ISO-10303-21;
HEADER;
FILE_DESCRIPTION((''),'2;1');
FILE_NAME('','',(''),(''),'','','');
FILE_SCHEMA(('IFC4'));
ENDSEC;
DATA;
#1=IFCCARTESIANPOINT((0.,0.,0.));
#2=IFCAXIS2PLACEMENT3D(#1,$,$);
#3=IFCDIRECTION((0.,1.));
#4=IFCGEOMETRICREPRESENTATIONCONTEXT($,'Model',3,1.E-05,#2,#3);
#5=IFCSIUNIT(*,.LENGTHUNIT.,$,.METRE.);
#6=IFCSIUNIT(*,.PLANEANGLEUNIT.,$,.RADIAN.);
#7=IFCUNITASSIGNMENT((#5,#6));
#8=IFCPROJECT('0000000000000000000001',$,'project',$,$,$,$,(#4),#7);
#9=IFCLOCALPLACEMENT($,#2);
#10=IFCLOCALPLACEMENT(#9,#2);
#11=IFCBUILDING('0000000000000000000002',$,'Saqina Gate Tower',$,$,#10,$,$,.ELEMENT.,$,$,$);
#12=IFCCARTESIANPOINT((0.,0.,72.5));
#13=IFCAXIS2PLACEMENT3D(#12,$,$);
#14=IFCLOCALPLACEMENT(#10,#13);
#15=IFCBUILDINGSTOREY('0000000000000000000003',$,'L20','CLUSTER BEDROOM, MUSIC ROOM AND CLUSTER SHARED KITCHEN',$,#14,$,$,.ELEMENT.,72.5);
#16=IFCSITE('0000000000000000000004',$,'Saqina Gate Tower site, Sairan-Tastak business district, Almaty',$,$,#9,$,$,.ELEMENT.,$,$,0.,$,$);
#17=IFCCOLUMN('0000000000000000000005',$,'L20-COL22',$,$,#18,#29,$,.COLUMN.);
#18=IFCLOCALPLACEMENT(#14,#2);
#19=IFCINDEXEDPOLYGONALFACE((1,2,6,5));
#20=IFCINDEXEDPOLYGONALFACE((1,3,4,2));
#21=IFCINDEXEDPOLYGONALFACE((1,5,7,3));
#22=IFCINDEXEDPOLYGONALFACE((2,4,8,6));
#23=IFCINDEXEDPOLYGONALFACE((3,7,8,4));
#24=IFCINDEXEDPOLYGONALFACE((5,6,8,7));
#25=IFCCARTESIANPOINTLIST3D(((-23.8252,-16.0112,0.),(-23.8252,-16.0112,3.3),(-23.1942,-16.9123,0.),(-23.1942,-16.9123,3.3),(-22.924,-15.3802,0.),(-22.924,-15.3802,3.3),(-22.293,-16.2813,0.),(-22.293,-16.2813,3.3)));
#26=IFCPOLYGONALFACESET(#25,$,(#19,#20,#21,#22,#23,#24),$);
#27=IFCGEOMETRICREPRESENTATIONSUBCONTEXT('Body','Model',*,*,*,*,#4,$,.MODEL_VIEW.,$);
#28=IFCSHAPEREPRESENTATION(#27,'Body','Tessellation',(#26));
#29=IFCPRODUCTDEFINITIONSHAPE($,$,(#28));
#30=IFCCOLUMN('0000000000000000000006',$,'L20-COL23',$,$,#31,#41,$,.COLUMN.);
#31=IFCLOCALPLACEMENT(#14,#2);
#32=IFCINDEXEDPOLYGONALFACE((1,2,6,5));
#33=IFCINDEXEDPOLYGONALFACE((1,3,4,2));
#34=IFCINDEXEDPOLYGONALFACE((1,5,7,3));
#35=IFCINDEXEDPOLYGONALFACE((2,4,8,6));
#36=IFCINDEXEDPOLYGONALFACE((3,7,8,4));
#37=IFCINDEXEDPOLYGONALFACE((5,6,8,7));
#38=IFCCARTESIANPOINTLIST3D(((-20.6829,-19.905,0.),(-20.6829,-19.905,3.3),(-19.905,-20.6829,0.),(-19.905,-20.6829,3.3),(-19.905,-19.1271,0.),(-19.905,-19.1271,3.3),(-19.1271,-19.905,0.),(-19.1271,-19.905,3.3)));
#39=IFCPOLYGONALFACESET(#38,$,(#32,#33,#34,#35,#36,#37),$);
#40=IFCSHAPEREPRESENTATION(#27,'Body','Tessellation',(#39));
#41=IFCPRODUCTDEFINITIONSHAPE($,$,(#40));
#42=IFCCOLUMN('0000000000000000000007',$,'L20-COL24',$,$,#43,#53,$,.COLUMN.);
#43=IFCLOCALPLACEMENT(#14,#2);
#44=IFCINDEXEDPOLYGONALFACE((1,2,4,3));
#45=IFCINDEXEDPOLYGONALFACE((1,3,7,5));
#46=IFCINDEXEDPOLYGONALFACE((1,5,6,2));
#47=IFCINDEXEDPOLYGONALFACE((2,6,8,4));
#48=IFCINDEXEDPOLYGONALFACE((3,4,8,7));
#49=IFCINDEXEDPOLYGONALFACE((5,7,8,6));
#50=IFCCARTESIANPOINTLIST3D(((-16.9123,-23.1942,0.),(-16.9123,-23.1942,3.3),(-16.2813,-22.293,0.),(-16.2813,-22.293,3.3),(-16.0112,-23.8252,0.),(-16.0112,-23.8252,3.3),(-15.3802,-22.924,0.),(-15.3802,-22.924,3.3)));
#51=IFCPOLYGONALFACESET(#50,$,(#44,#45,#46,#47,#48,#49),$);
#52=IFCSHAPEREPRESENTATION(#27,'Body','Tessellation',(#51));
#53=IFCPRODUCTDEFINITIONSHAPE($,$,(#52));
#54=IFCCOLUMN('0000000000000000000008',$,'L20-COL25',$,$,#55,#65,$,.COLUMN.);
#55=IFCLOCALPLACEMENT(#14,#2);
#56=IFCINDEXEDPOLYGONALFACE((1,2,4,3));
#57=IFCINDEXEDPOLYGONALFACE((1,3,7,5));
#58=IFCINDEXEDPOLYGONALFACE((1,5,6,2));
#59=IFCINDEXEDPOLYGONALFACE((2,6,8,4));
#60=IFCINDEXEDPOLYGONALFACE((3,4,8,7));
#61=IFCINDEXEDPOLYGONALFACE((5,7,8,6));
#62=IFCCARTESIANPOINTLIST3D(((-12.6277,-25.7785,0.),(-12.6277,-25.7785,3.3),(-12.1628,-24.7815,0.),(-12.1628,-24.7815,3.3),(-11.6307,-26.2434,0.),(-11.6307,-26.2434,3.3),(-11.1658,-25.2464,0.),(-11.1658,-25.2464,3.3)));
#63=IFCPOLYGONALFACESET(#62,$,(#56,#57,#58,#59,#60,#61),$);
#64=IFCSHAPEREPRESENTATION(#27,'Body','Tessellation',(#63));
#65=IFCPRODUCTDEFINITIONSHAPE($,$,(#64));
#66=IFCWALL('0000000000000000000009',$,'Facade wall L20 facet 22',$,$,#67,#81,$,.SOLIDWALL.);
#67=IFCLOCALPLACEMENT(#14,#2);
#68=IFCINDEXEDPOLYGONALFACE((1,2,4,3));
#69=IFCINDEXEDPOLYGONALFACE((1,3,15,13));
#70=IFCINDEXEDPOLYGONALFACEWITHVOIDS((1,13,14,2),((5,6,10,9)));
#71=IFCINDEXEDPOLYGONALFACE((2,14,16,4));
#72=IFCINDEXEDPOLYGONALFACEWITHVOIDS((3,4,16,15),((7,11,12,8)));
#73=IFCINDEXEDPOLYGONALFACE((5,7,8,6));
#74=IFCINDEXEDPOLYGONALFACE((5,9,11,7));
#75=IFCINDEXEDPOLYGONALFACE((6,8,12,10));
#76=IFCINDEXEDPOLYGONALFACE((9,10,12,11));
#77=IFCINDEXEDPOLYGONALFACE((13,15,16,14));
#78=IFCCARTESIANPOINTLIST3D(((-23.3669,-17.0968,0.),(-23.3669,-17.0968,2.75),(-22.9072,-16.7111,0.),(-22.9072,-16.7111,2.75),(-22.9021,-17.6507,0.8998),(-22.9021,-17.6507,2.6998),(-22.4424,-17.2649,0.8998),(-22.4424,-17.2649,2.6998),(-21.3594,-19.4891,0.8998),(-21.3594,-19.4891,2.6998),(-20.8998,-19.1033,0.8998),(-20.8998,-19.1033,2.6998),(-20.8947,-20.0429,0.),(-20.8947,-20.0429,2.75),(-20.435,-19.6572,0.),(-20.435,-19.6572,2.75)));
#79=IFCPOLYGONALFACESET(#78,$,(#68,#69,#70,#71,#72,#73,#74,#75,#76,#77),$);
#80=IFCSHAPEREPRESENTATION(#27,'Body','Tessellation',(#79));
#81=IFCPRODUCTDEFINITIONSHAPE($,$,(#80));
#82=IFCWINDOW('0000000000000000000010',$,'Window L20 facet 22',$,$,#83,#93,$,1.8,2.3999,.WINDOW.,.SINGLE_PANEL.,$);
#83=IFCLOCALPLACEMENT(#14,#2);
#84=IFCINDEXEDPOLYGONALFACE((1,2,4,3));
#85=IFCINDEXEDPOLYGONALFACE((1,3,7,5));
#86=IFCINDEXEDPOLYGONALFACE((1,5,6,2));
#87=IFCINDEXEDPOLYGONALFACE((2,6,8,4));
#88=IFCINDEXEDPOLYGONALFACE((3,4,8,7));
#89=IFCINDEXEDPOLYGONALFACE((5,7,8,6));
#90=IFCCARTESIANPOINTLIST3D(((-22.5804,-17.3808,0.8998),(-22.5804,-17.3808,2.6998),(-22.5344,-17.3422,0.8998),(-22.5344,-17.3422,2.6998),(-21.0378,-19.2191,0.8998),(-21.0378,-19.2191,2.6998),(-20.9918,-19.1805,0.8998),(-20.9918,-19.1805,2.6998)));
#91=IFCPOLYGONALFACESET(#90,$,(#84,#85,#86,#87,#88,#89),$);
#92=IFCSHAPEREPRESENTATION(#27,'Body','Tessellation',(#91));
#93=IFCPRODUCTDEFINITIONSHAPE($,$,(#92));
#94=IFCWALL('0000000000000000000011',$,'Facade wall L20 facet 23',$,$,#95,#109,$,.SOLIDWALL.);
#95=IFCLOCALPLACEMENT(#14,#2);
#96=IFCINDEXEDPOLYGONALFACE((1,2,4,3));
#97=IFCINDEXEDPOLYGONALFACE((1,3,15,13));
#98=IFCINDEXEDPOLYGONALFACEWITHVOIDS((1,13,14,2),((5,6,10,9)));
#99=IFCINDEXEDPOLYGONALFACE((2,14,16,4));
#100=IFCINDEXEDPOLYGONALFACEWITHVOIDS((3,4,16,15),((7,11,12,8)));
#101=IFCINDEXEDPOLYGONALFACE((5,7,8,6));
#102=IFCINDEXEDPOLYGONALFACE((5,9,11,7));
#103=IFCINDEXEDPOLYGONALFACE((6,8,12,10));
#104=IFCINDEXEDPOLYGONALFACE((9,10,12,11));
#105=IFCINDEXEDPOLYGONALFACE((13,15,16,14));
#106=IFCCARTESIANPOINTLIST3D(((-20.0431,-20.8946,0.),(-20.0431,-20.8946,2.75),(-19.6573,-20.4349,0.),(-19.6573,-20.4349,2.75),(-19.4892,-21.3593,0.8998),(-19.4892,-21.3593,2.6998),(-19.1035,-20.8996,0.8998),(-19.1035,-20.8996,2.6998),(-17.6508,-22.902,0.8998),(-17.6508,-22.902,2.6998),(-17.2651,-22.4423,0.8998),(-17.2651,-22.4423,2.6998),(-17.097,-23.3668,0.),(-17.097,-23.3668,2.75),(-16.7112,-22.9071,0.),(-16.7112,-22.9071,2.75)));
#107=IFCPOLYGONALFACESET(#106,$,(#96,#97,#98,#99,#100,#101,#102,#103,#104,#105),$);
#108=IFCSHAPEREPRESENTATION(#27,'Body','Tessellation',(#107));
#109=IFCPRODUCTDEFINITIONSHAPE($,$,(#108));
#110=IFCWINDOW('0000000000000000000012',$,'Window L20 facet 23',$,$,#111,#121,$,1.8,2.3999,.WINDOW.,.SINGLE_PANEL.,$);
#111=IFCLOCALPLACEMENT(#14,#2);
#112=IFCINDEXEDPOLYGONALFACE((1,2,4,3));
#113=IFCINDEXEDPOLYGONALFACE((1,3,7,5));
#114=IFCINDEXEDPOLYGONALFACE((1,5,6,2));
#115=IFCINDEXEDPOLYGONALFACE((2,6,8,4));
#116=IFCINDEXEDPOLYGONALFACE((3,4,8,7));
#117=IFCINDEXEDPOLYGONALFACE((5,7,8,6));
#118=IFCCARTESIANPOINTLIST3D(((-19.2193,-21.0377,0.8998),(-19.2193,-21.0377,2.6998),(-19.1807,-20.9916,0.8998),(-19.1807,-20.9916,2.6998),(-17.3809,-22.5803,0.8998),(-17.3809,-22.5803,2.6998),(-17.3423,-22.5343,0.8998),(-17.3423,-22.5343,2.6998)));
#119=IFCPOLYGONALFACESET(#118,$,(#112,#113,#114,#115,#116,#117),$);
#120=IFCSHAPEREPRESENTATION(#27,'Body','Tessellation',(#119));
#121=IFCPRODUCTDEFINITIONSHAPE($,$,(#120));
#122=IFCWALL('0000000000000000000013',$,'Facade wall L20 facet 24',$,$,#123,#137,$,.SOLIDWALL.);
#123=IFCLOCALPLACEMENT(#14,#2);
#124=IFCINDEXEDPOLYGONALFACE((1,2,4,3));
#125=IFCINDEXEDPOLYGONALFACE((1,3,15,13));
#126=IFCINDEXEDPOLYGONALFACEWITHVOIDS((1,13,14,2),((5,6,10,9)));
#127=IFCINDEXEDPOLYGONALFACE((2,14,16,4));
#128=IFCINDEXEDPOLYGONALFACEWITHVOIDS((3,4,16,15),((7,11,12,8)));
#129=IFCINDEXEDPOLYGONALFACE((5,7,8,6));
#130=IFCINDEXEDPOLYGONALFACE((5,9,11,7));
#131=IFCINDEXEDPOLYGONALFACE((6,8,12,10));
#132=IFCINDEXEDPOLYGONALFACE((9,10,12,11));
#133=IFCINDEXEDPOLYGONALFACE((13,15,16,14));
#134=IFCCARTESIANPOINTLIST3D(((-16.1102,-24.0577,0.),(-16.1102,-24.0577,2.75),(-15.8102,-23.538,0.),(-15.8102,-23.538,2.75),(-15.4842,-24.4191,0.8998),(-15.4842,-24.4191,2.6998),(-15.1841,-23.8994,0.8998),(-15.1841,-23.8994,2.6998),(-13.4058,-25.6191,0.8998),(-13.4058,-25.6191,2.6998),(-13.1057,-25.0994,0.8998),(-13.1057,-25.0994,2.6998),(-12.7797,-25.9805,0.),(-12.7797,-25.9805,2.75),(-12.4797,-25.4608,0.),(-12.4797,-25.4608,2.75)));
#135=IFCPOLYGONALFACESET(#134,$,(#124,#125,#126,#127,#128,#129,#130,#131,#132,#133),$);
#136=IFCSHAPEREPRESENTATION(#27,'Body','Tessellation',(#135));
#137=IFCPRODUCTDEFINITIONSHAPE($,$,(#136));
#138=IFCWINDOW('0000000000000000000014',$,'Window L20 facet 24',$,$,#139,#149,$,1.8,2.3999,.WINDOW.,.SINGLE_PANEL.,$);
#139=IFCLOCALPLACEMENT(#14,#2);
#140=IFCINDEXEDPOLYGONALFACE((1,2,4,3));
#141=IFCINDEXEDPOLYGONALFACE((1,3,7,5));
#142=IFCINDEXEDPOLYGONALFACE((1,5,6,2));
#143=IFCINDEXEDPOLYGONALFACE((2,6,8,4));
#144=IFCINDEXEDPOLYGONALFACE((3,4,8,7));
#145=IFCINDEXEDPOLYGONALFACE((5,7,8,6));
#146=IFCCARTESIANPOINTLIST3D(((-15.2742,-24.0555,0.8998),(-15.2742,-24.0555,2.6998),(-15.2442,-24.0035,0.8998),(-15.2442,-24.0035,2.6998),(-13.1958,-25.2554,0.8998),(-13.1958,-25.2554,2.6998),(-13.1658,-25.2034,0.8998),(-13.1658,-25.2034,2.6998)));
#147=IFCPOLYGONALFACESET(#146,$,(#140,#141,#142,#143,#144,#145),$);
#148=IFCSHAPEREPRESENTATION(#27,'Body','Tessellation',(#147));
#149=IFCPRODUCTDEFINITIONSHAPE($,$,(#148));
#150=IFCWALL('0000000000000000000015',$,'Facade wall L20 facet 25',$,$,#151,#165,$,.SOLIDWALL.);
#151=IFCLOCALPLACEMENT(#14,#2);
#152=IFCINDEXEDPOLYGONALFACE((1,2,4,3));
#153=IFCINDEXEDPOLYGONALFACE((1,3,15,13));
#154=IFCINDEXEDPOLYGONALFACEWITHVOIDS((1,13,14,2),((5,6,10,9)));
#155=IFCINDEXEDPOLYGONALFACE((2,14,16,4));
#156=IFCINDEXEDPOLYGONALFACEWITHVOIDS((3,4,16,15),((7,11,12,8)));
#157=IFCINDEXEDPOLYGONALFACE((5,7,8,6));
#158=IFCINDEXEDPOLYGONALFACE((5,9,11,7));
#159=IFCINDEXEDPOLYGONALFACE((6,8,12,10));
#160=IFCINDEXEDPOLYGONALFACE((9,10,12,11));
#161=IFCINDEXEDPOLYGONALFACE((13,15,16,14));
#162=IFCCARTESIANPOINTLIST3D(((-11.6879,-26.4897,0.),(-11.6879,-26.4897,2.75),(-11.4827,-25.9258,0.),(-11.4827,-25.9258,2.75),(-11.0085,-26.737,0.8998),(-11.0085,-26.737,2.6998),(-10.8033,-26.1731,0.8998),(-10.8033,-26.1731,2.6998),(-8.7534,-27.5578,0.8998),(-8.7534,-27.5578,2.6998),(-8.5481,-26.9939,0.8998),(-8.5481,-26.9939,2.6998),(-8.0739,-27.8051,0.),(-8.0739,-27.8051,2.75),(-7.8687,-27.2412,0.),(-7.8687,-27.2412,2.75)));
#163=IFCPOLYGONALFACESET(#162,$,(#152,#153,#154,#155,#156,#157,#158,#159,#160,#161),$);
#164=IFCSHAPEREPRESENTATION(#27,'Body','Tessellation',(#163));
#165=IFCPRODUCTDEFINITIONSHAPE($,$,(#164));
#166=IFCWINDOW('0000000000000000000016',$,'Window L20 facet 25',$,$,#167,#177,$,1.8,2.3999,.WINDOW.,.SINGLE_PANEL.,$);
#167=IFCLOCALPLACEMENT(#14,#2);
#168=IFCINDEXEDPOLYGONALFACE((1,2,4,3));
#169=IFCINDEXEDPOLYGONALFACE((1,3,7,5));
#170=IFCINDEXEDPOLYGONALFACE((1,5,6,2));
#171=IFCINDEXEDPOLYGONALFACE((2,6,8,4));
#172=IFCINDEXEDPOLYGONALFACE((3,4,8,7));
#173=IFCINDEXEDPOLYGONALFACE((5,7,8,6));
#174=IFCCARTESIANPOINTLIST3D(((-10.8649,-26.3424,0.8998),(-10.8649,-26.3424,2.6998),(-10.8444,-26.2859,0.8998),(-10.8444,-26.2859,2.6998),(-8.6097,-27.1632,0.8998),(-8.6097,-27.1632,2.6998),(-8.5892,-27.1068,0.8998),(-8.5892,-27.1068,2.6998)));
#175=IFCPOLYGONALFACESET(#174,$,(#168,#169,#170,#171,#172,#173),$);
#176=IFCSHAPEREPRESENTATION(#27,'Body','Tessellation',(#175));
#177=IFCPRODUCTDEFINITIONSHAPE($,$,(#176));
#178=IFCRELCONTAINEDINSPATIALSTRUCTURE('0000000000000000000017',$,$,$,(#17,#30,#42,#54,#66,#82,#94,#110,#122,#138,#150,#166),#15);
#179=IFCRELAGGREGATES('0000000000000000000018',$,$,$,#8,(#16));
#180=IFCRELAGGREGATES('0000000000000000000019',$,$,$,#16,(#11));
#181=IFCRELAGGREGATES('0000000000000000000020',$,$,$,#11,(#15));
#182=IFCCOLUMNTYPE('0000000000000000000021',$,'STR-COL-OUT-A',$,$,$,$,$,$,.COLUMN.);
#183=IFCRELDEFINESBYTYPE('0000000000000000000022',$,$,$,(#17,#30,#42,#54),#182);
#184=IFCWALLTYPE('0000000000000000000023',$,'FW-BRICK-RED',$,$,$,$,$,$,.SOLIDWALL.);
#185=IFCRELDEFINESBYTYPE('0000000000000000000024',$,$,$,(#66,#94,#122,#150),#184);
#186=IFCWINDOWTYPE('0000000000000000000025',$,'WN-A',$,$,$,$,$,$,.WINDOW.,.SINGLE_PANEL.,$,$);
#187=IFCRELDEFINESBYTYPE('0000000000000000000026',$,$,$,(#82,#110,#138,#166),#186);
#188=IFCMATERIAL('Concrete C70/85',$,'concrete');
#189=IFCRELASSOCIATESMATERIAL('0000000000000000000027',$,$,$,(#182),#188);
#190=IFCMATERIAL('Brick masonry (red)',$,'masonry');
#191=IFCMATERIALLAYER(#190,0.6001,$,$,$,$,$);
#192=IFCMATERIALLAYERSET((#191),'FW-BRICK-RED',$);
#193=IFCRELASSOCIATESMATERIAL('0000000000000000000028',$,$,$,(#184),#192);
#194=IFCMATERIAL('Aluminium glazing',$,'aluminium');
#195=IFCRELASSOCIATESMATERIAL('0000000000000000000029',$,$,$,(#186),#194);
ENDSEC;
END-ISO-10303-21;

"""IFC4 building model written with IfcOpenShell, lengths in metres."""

from ifc_helpers import new_model, si_unit, direction, frame, frame_2d, origin, origin_2d, place, context, subcontext, project, spatial, rectangle, extrude, material, layer, layer_set, material_profile, profile_set, type_object, element, fill, save


model = new_model("IFC4")

# Units and contexts
model_context = context("Model", 3, precision=1e-05, world=origin(), true_north=direction((0.0, 1.0)))
body_context = subcontext(model_context, "Body", "Model", "MODEL_VIEW")
ifc_project = project(units=[si_unit("LENGTHUNIT", "METRE"), si_unit("PLANEANGLEUNIT", "RADIAN")], contexts=[model_context])

# Site, building, storey
site_placement = place(None, origin())
site = spatial("IfcSite", under=ifc_project, at=site_placement, Name="Saqina Gate Tower site, Sairan-Tastak business district, Almaty", CompositionType="ELEMENT", RefElevation=0.0)
building_placement = place(site_placement, origin())
building = spatial("IfcBuilding", under=site, at=building_placement, Name="Saqina Gate Tower", CompositionType="ELEMENT")
storey_placement = place(building_placement, frame((0.0, 0.0, 72.5)))
storey = spatial("IfcBuildingStorey", under=building, at=storey_placement, Name="L20", Description="CLUSTER BEDROOM, MUSIC ROOM AND CLUSTER SHARED KITCHEN", CompositionType="ELEMENT", Elevation=72.5)

# Columns
ifc_material_1 = material(Name="Concrete C70/85", Category="concrete")
ifc_material_profile = material_profile(ifc_material_1, rectangle(XDim=1.1001, YDim=1.1001, at=origin_2d()), Name="RC 1100x1100")
ifc_profile_set = profile_set([ifc_material_profile], Name="Concrete C70/85")
column_type = type_object("IfcColumnType", Name="STR-COL-OUT-A", PredefinedType="COLUMN", material=ifc_profile_set)
for number, where, z_axis, x_axis, name in (
    (1, (-23.0591, -16.1462, 0.0), (0.0, 0.0, 1.0), (-0.819152, -0.573576, 0.0), "L20-COL22"),
    (2, (-19.905, -19.905, 0.0), (0.0, 0.0, 1.0), (-0.707107, -0.707107, 0.0), "L20-COL23"),
    (3, (-16.1462, -23.0591, 0.0), (0.0, 0.0, 1.0), (-0.573576, -0.819152, 0.0), "L20-COL24"),
    (4, (-11.8967, -25.5125, 0.0), (0.0, 0.0, 1.0), (-0.422618, -0.906308, 0.0), "L20-COL25"),
):
    element("IfcColumn", number, at=place(storey_placement, frame(where, z_axis=z_axis, x_axis=x_axis)), inside=storey, type_object=column_type, Name=name, PredefinedType="COLUMN", context=body_context, shape_type="SweptSolid", body=[
        extrude(rectangle(XDim=1.1001, YDim=1.1001, at=origin_2d()), origin(), (0.0, 0.0, 1.0), 3.3),
    ])

# Walls, openings, windows
ifc_material_2 = material(Name="Brick masonry (red)", Category="masonry")
ifc_layer_1 = layer(ifc_material_2, 0.6001)
ifc_layer_set_1 = layer_set([ifc_layer_1], Name="FW-BRICK-RED")
wall_type_1 = type_object("IfcWallType", Name="FW-BRICK-RED", PredefinedType="SOLIDWALL", material=ifc_layer_set_1)
wall_1_placement = place(storey_placement, frame((-23.137, -16.9041, 0.0), z_axis=(0.0, 0.0, 1.0), x_axis=(0.642809, -0.766026, 0.0)))
wall_1 = element("IfcWall", 5, at=wall_1_placement, inside=storey, type_object=wall_type_1, Name="Facade wall L20 facet 22", PredefinedType="SOLIDWALL", context=body_context, shape_type="SweptSolid", body=[
    extrude(rectangle(XDim=3.8459, YDim=0.6001, at=frame_2d((1.9229, 0.0))), origin(), (0.0, 0.0, 1.0), 2.75),
])
opening_1_placement = place(wall_1_placement, frame((0.7229, 0.0, 0.8999)))
opening_1 = element("IfcOpeningElement", 6, at=opening_1_placement, cuts=wall_1, PredefinedType="OPENING", context=body_context, shape_type="SweptSolid", body=[
    extrude(rectangle(XDim=2.3999, YDim=1.8, at=frame_2d((1.2, 0.8999))), frame((0.0, 0.312, 0.0), z_axis=(0.0, -1.0, 0.0), x_axis=(1.0, 0.0, 0.0)), (0.0, 0.0, 1.0), 0.624),
])
ifc_material_3 = material(Name="Aluminium glazing", Category="aluminium")
window_type = type_object("IfcWindowType", Name="WN-A", PartitioningType="SINGLE_PANEL", PredefinedType="WINDOW", material=ifc_material_3)
window_1_placement = place(opening_1_placement, origin())
window_1 = element("IfcWindow", 7, at=window_1_placement, inside=storey, type_object=window_type, Name="Window L20 facet 22", OverallHeight=1.8, OverallWidth=2.3999, PartitioningType="SINGLE_PANEL", PredefinedType="WINDOW", context=body_context, shape_type="SweptSolid", body=[
    extrude(rectangle(XDim=2.3999, YDim=1.8, at=frame_2d((1.2, 0.8999))), frame((0.0, 0.1799, 0.0), z_axis=(0.0, -1.0, 0.0), x_axis=(1.0, 0.0, 0.0)), (0.0, 0.0, 1.0), 0.0601),
])
fill(opening_1, window_1)
wall_2_placement = place(storey_placement, frame((-19.8501, -20.6648, 0.0), z_axis=(0.0, 0.0, 1.0), x_axis=(0.766026, -0.642809, 0.0)))
wall_2 = element("IfcWall", 8, at=wall_2_placement, inside=storey, type_object=wall_type_1, Name="Facade wall L20 facet 23", PredefinedType="SOLIDWALL", context=body_context, shape_type="SweptSolid", body=[
    extrude(rectangle(XDim=3.8459, YDim=0.6001, at=frame_2d((1.9229, 0.0))), origin(), (0.0, 0.0, 1.0), 2.75),
])
opening_2_placement = place(wall_2_placement, frame((0.7229, 0.0, 0.8999)))
opening_2 = element("IfcOpeningElement", 9, at=opening_2_placement, cuts=wall_2, PredefinedType="OPENING", context=body_context, shape_type="SweptSolid", body=[
    extrude(rectangle(XDim=2.3999, YDim=1.8, at=frame_2d((1.2, 0.8999))), frame((0.0, 0.312, 0.0), z_axis=(0.0, -1.0, 0.0), x_axis=(1.0, 0.0, 0.0)), (0.0, 0.0, 1.0), 0.624),
])
window_2_placement = place(opening_2_placement, origin())
window_2 = element("IfcWindow", 10, at=window_2_placement, inside=storey, type_object=window_type, Name="Window L20 facet 23", OverallHeight=1.8, OverallWidth=2.3999, PartitioningType="SINGLE_PANEL", PredefinedType="WINDOW", context=body_context, shape_type="SweptSolid", body=[
    extrude(rectangle(XDim=2.3999, YDim=1.8, at=frame_2d((1.2, 0.8999))), frame((0.0, 0.1799, 0.0), z_axis=(0.0, -1.0, 0.0), x_axis=(1.0, 0.0, 0.0)), (0.0, 0.0, 1.0), 0.0601),
])
fill(opening_2, window_2)
wall_3_placement = place(storey_placement, frame((-15.9602, -23.7979, 0.0), z_axis=(0.0, 0.0, 1.0), x_axis=(0.866031, -0.49999, 0.0)))
wall_3 = element("IfcWall", 11, at=wall_3_placement, inside=storey, type_object=wall_type_1, Name="Facade wall L20 facet 24", PredefinedType="SOLIDWALL", context=body_context, shape_type="SweptSolid", body=[
    extrude(rectangle(XDim=3.8457, YDim=0.6001, at=frame_2d((1.9229, 0.0))), origin(), (0.0, 0.0, 1.0), 2.75),
])
opening_3_placement = place(wall_3_placement, frame((0.7229, 0.0, 0.8999)))
opening_3 = element("IfcOpeningElement", 12, at=opening_3_placement, cuts=wall_3, PredefinedType="OPENING", context=body_context, shape_type="SweptSolid", body=[
    extrude(rectangle(XDim=2.3999, YDim=1.8, at=frame_2d((1.2, 0.8999))), frame((0.0, 0.312, 0.0), z_axis=(0.0, -1.0, 0.0), x_axis=(1.0, 0.0, 0.0)), (0.0, 0.0, 1.0), 0.624),
])
window_3_placement = place(opening_3_placement, origin())
window_3 = element("IfcWindow", 13, at=window_3_placement, inside=storey, type_object=window_type, Name="Window L20 facet 24", OverallHeight=1.8, OverallWidth=2.3999, PartitioningType="SINGLE_PANEL", PredefinedType="WINDOW", context=body_context, shape_type="SweptSolid", body=[
    extrude(rectangle(XDim=2.3999, YDim=1.8, at=frame_2d((1.2, 0.8999))), frame((0.0, 0.1799, 0.0), z_axis=(0.0, -1.0, 0.0), x_axis=(1.0, 0.0, 0.0)), (0.0, 0.0, 1.0), 0.0601),
])
fill(opening_3, window_3)
wall_4_placement = place(storey_placement, frame((-11.5852, -26.2078, 0.0), z_axis=(0.0, 0.0, 1.0), x_axis=(0.93969, -0.342028, 0.0)))
wall_4 = element("IfcWall", 14, at=wall_4_placement, inside=storey, type_object=wall_type_1, Name="Facade wall L20 facet 25", PredefinedType="SOLIDWALL", context=body_context, shape_type="SweptSolid", body=[
    extrude(rectangle(XDim=3.8459, YDim=0.6001, at=frame_2d((1.9229, 0.0))), origin(), (0.0, 0.0, 1.0), 2.75),
])
opening_4_placement = place(wall_4_placement, frame((0.7229, 0.0, 0.8999)))
opening_4 = element("IfcOpeningElement", 15, at=opening_4_placement, cuts=wall_4, PredefinedType="OPENING", context=body_context, shape_type="SweptSolid", body=[
    extrude(rectangle(XDim=2.3999, YDim=1.8, at=frame_2d((1.2, 0.8999))), frame((0.0, 0.312, 0.0), z_axis=(0.0, -1.0, 0.0), x_axis=(1.0, 0.0, 0.0)), (0.0, 0.0, 1.0), 0.624),
])
window_4_placement = place(opening_4_placement, origin())
window_4 = element("IfcWindow", 16, at=window_4_placement, inside=storey, type_object=window_type, Name="Window L20 facet 25", OverallHeight=1.8, OverallWidth=2.3999, PartitioningType="SINGLE_PANEL", PredefinedType="WINDOW", context=body_context, shape_type="SweptSolid", body=[
    extrude(rectangle(XDim=2.3999, YDim=1.8, at=frame_2d((1.2, 0.8999))), frame((0.0, 0.1799, 0.0), z_axis=(0.0, -1.0, 0.0), x_axis=(1.0, 0.0, 0.0)), (0.0, 0.0, 1.0), 0.0601),
])
fill(opening_4, window_4)

save(model, "model.ifc")
